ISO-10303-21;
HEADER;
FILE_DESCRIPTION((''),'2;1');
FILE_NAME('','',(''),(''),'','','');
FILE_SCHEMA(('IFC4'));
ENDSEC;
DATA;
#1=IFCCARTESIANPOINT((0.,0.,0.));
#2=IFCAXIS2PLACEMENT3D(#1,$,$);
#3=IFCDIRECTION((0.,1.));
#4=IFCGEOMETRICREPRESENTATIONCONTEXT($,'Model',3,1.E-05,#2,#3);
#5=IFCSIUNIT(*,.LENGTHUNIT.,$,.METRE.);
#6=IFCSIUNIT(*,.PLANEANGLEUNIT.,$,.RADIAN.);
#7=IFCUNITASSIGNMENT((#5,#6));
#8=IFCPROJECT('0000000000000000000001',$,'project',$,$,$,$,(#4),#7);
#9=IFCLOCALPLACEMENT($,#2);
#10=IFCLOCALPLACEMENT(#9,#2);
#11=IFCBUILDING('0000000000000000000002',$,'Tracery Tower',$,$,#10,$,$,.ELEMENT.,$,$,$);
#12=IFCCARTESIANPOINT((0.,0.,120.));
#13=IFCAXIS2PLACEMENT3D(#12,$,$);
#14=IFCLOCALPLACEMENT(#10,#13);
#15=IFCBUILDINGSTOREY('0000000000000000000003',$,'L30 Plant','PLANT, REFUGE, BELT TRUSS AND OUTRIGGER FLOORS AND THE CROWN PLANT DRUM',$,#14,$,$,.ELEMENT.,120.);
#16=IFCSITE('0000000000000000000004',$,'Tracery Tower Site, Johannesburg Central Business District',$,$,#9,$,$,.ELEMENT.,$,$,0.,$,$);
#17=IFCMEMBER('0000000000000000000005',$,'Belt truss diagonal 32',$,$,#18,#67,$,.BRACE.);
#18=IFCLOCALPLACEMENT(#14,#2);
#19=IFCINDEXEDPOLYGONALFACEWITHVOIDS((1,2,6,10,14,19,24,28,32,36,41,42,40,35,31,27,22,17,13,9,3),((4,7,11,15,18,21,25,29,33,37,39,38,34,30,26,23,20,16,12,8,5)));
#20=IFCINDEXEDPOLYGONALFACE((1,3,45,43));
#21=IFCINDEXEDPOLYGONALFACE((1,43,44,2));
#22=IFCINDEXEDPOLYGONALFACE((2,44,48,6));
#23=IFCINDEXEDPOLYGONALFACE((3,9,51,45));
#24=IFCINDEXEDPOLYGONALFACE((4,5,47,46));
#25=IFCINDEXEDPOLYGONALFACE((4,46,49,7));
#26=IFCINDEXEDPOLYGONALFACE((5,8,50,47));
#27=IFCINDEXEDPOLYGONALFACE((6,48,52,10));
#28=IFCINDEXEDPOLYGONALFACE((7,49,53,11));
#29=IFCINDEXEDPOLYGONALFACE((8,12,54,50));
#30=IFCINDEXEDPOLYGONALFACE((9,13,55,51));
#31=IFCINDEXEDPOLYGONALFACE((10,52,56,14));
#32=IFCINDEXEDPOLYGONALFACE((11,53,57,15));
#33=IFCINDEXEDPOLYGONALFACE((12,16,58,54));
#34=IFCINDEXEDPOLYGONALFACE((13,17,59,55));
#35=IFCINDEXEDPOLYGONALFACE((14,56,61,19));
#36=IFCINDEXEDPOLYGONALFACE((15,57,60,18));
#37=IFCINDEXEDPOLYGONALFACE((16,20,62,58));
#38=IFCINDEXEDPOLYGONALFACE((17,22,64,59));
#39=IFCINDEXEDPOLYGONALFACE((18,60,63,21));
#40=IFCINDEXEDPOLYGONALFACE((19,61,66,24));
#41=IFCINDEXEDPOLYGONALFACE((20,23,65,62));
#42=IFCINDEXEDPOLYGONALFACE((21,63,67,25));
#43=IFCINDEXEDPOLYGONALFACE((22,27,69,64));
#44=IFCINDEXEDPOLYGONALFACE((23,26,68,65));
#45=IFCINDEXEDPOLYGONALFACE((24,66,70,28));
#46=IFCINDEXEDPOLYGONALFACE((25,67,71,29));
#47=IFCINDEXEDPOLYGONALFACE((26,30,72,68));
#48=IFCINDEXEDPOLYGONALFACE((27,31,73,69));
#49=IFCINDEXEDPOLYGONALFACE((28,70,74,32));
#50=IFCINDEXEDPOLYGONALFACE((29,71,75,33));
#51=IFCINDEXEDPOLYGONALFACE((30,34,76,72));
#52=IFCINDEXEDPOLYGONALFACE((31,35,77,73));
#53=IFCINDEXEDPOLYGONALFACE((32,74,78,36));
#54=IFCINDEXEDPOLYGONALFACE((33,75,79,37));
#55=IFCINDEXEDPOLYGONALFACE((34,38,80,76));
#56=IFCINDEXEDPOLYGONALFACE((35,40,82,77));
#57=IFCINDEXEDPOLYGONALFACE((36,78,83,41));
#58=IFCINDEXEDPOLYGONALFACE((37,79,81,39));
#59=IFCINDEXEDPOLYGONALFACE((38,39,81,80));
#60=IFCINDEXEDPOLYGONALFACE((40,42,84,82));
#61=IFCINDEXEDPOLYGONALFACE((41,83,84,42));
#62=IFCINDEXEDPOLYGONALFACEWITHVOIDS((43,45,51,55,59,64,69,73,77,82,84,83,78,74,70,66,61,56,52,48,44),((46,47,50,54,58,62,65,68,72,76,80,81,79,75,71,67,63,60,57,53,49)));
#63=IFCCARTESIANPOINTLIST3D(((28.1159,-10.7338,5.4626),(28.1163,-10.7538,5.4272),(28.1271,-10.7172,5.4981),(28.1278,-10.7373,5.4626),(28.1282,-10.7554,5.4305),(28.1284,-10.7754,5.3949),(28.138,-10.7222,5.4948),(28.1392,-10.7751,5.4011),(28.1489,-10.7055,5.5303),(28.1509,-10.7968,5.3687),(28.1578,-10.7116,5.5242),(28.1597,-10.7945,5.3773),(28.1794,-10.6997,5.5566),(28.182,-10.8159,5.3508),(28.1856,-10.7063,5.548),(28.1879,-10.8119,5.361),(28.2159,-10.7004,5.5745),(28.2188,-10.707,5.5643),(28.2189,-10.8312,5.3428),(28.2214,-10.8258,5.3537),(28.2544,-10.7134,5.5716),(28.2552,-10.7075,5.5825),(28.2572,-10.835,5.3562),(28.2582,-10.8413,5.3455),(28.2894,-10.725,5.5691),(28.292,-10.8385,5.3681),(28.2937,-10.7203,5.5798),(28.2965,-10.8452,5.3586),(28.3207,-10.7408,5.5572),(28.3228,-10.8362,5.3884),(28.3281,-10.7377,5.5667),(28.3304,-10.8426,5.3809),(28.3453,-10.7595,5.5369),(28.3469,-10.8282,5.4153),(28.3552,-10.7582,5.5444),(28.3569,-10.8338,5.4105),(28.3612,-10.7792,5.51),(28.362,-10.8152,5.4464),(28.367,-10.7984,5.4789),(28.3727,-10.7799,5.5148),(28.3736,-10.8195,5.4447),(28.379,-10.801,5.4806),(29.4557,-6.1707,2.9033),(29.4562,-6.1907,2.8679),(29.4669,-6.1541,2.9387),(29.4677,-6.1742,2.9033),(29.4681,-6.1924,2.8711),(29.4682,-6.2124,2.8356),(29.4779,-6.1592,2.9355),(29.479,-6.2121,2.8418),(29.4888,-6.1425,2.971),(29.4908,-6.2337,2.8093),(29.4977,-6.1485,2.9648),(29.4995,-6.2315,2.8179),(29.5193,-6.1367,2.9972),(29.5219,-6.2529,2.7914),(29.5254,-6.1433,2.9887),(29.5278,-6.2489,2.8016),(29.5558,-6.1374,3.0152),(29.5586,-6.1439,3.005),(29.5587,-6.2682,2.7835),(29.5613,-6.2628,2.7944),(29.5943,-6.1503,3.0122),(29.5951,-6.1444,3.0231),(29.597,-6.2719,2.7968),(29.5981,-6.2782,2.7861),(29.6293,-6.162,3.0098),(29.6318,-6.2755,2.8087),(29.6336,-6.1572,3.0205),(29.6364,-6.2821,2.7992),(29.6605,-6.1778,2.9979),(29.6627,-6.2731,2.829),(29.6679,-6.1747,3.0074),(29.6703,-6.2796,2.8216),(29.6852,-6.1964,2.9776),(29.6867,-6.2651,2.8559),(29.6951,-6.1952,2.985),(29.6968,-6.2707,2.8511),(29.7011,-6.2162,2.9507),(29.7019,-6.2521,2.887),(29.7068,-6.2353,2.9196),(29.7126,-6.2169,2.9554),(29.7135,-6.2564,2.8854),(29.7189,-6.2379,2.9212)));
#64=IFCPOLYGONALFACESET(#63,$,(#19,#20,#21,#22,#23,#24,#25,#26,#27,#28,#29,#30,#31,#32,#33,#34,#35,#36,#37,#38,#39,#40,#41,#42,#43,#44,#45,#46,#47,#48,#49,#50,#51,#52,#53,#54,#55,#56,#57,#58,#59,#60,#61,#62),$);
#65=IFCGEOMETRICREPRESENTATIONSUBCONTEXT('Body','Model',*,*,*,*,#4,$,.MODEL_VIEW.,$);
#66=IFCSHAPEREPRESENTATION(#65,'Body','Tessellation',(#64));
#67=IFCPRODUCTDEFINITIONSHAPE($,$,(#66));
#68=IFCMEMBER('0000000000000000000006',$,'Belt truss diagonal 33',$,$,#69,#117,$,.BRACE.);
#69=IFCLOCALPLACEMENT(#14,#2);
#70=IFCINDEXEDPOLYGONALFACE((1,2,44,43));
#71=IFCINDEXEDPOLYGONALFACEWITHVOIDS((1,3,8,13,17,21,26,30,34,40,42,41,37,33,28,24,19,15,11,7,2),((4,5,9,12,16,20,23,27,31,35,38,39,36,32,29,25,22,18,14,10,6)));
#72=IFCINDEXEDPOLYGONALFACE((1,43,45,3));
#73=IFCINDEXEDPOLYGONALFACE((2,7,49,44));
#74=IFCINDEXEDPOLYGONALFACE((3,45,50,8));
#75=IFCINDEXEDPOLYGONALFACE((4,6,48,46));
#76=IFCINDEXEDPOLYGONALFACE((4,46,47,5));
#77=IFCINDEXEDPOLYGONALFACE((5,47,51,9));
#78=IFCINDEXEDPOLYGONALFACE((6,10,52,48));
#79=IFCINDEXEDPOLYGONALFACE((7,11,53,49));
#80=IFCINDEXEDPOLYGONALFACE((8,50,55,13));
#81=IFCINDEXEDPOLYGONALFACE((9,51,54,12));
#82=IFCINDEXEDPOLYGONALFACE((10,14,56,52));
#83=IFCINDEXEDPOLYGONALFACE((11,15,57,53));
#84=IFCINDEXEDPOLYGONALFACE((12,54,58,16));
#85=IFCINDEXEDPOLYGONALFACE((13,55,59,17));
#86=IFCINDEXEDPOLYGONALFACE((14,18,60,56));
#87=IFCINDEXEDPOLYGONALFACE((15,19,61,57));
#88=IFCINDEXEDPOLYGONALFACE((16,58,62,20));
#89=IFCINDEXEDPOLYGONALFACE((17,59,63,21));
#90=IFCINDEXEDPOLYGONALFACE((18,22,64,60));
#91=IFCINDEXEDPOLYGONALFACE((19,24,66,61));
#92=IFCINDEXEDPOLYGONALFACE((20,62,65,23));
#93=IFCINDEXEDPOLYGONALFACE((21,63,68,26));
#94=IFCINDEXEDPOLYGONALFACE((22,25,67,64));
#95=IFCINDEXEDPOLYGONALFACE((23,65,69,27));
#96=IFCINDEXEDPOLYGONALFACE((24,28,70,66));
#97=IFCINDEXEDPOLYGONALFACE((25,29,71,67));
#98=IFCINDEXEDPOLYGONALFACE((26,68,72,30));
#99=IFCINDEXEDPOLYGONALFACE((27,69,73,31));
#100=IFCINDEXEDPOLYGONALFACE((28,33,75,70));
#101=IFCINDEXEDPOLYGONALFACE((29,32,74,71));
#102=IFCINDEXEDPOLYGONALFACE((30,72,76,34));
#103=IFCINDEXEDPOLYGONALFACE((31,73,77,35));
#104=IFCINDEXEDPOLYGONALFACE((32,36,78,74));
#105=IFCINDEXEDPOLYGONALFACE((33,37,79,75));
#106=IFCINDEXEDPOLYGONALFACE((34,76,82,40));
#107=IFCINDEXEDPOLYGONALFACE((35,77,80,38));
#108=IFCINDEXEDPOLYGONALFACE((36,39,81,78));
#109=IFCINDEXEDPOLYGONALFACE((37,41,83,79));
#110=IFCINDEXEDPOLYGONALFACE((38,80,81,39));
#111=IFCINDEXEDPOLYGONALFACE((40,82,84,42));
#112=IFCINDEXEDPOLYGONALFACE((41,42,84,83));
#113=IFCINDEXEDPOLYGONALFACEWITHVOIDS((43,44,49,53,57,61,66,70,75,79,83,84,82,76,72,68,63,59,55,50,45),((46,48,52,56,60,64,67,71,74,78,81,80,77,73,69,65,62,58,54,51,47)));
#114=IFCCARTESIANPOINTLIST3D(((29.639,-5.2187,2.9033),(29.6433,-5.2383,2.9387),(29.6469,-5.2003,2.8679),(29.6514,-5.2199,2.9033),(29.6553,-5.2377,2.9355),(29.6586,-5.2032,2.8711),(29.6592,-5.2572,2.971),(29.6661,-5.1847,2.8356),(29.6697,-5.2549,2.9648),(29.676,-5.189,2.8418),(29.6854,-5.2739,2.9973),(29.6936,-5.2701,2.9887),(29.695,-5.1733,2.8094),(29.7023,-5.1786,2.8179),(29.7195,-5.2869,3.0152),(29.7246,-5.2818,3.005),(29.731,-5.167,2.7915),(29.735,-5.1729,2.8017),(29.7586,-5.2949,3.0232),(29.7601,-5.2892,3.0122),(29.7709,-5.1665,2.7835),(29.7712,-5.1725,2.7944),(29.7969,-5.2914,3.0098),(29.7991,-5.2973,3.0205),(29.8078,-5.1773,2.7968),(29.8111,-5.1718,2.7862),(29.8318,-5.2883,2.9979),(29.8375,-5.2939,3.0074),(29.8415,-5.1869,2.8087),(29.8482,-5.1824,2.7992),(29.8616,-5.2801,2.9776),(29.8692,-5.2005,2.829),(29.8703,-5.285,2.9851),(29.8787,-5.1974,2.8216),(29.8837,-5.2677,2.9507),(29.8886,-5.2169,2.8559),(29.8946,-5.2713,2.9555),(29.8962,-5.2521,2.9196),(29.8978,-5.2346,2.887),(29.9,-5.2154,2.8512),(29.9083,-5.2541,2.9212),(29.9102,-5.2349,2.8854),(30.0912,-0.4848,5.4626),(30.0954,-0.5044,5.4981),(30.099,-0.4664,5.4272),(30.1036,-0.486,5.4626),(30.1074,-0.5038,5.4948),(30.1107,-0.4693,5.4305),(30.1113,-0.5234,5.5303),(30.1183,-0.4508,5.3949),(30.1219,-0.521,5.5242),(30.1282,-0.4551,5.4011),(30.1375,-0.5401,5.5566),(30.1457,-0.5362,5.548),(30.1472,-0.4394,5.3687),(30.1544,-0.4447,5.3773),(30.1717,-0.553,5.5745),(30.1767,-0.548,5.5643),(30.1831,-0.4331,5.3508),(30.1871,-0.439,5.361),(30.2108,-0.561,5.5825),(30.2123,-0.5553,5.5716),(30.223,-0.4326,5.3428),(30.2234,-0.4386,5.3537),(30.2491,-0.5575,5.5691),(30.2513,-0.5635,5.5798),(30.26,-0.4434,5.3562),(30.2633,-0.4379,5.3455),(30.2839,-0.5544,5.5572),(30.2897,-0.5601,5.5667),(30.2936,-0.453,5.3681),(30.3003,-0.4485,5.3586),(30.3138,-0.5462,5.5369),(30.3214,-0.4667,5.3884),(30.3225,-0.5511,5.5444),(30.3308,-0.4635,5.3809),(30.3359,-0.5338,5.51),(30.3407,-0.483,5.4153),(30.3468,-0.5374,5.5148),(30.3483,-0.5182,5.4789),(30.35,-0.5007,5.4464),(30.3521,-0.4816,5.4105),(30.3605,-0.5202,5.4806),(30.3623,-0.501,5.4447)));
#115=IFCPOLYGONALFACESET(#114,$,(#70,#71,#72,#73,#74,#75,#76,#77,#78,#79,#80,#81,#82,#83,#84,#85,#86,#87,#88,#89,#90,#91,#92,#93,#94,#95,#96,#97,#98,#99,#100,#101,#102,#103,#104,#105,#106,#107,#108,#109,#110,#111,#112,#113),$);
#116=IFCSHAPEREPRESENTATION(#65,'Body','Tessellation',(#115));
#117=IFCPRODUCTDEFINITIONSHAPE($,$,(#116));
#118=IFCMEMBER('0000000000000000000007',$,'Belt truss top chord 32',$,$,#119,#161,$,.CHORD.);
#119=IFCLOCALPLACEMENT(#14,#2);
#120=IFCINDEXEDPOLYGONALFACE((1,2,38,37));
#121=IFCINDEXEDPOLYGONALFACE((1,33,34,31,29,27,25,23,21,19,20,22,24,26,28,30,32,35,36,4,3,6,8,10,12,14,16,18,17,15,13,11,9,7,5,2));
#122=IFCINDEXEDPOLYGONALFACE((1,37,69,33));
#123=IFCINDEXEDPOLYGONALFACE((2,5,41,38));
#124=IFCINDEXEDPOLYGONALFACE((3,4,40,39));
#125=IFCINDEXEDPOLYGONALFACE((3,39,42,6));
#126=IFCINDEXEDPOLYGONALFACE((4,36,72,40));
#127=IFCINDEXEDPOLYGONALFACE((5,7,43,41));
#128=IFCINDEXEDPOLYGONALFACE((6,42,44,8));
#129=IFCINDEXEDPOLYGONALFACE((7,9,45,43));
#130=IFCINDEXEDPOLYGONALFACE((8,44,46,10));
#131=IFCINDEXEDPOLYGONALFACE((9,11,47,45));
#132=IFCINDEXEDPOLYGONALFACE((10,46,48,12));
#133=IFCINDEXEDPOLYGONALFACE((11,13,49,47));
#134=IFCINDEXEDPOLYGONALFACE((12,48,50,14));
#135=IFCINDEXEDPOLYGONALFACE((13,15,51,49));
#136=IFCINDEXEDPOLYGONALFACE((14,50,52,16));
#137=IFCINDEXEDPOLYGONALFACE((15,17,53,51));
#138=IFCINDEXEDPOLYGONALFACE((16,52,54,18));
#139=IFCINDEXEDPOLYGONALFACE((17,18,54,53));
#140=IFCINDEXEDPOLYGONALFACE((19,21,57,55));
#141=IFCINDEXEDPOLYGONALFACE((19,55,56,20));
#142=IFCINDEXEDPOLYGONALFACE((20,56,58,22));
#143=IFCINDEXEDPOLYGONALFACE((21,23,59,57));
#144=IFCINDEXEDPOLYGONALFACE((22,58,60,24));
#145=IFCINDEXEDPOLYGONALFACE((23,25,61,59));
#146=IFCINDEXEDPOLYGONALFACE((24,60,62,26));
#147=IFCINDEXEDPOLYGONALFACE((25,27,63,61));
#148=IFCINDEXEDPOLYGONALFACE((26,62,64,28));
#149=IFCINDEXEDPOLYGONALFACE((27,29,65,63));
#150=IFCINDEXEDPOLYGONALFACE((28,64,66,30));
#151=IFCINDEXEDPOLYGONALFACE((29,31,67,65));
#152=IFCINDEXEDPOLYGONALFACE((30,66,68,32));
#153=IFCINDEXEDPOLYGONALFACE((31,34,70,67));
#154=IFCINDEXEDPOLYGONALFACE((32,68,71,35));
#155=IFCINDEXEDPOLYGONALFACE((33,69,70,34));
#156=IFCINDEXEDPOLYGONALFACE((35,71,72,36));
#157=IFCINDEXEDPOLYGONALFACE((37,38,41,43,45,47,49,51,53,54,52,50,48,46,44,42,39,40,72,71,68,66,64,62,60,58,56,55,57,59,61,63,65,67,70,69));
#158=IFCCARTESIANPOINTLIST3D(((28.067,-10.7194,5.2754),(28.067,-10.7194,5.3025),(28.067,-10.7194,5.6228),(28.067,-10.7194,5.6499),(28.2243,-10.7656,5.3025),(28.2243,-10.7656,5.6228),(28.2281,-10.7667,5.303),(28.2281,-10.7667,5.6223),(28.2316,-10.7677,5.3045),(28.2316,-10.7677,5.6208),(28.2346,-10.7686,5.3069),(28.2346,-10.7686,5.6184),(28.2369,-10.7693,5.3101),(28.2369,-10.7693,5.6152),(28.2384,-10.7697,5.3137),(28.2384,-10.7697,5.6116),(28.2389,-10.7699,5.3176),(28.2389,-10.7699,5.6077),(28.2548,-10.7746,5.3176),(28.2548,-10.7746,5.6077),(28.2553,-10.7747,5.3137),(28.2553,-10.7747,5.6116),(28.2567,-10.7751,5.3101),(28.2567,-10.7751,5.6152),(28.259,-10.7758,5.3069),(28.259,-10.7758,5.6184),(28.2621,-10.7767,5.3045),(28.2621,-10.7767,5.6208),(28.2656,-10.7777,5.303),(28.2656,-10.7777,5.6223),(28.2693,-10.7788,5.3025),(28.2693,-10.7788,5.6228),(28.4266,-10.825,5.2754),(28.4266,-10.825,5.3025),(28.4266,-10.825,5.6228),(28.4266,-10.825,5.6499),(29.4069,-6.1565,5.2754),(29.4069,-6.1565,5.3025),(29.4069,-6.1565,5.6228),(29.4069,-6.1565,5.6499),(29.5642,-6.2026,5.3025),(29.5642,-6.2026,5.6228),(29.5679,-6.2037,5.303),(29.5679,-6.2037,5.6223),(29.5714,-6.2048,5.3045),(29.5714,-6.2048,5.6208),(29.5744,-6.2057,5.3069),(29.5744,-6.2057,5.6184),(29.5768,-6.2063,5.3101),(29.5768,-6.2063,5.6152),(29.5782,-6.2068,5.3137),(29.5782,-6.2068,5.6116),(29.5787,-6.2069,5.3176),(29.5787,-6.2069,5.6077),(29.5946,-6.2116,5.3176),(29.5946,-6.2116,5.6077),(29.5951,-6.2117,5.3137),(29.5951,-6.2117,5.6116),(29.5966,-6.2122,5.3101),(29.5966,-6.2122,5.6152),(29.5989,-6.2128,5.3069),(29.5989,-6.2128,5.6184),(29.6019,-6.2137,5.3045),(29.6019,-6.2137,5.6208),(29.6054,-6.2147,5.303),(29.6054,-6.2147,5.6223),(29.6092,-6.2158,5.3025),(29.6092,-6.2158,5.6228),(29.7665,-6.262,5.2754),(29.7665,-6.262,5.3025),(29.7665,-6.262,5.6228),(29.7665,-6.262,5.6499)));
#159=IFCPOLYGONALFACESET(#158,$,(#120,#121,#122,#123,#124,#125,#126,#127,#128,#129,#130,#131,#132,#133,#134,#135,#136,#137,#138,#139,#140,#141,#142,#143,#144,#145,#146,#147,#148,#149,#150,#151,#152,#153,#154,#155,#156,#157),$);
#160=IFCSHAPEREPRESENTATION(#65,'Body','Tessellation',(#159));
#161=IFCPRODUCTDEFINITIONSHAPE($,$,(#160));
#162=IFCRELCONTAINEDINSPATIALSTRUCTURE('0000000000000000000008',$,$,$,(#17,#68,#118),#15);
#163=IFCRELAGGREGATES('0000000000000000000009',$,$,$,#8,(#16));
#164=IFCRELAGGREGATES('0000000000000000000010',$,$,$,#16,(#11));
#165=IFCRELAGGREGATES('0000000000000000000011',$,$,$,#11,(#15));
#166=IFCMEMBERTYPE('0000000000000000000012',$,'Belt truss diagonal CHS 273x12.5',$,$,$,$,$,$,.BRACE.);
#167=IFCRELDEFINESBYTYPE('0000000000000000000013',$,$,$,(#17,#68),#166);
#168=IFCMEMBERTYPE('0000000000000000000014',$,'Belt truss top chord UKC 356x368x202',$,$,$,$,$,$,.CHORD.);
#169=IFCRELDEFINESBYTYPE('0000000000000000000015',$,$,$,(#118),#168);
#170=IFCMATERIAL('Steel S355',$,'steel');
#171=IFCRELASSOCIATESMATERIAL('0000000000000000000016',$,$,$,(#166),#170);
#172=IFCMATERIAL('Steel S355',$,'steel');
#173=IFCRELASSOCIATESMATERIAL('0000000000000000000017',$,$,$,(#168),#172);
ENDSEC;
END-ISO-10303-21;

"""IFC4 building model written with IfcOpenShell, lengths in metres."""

from ifc_helpers import new_model, si_unit, direction, frame, origin, origin_2d, place, context, subcontext, project, spatial, hollow_circle, i_section, extrude, material, material_profile, profile_set, type_object, element, save


model = new_model("IFC4")

# Units and contexts
model_context = context("Model", 3, precision=1e-05, world=origin(), true_north=direction((0.0, 1.0)))
body_context = subcontext(model_context, "Body", "Model", "MODEL_VIEW")
ifc_project = project(units=[si_unit("LENGTHUNIT", "METRE"), si_unit("PLANEANGLEUNIT", "RADIAN")], contexts=[model_context])

# Site, building, storey
site_placement = place(None, origin())
site = spatial("IfcSite", under=ifc_project, at=site_placement, Name="Tracery Tower Site, Johannesburg Central Business District", CompositionType="ELEMENT", RefElevation=0.0)
building_placement = place(site_placement, origin())
building = spatial("IfcBuilding", under=site, at=building_placement, Name="Tracery Tower", CompositionType="ELEMENT")
storey_placement = place(building_placement, frame((0.0, 0.0, 120.0)))
storey = spatial("IfcBuildingStorey", under=building, at=storey_placement, Name="L30 Plant", Description="PLANT, REFUGE, BELT TRUSS AND OUTRIGGER FLOORS AND THE CROWN PLANT DRUM", CompositionType="ELEMENT", Elevation=120.0)

# Members
ifc_material_1 = material(Name="Steel S355", Category="steel")
ifc_material_profile_1 = material_profile(ifc_material_1, hollow_circle(Radius=0.1365, WallThickness=0.0125, at=origin_2d()), Name="CHS 273x12.5")
ifc_profile_set_1 = profile_set([ifc_material_profile_1], Name="Steel S355")
member_type_1 = type_object("IfcMemberType", Name="Belt truss diagonal CHS 273x12.5", PredefinedType="BRACE", material=ifc_profile_set_1)
member_1_placement = place(storey_placement, frame((28.2468, -10.7722, 5.4626), z_axis=(0.248093, 0.844908, -0.473899), x_axis=(-0.959491, 0.281738, 0.0)))
element("IfcMember", 1, at=member_1_placement, inside=storey, type_object=member_type_1, Name="Belt truss diagonal 32", PredefinedType="BRACE", context=body_context, shape_type="SweptSolid", body=[
    extrude(hollow_circle(Radius=0.1365, WallThickness=0.0125, at=origin_2d()), origin(), (0.0, 0.0, 1.0), 5.4006),
])
member_2_placement = place(storey_placement, frame((29.7749, -5.2317, 2.9033), z_axis=(0.083725, 0.876581, 0.473915), x_axis=(-0.99547, 0.09508, 0.0)))
element("IfcMember", 2, at=member_2_placement, inside=storey, type_object=member_type_1, Name="Belt truss diagonal 33", PredefinedType="BRACE", context=body_context, shape_type="SweptSolid", body=[
    extrude(hollow_circle(Radius=0.1365, WallThickness=0.0125, at=origin_2d()), origin(), (0.0, 0.0, 1.0), 5.4004),
])
ifc_material_2 = material(Name="Steel S355", Category="steel")
ifc_material_profile_2 = material_profile(ifc_material_2, i_section(OverallWidth=0.3748, OverallDepth=0.3745, WebThickness=0.0166, FlangeThickness=0.0271, FilletRadius=0.0151, at=origin_2d()), Name="UKC 356x368x202")
ifc_profile_set_2 = profile_set([ifc_material_profile_2], Name="Steel S355")
member_type_2 = type_object("IfcMemberType", Name="Belt truss top chord UKC 356x368x202", PredefinedType="CHORD", material=ifc_profile_set_2)
member_3_placement = place(storey_placement, frame((28.2468, -10.7722, 5.4626), z_axis=(0.281738, 0.959491, 0.0), x_axis=(-0.959491, 0.281738, 0.0)))
element("IfcMember", 3, at=member_3_placement, inside=storey, type_object=member_type_2, Name="Belt truss top chord 32", PredefinedType="CHORD", context=body_context, shape_type="SweptSolid", body=[
    extrude(i_section(OverallWidth=0.3748, OverallDepth=0.3745, WebThickness=0.0166, FlangeThickness=0.0271, FilletRadius=0.0151, at=origin_2d()), origin(), (0.0, 0.0, 1.0), 4.7556),
])

save(model, "model.ifc")
